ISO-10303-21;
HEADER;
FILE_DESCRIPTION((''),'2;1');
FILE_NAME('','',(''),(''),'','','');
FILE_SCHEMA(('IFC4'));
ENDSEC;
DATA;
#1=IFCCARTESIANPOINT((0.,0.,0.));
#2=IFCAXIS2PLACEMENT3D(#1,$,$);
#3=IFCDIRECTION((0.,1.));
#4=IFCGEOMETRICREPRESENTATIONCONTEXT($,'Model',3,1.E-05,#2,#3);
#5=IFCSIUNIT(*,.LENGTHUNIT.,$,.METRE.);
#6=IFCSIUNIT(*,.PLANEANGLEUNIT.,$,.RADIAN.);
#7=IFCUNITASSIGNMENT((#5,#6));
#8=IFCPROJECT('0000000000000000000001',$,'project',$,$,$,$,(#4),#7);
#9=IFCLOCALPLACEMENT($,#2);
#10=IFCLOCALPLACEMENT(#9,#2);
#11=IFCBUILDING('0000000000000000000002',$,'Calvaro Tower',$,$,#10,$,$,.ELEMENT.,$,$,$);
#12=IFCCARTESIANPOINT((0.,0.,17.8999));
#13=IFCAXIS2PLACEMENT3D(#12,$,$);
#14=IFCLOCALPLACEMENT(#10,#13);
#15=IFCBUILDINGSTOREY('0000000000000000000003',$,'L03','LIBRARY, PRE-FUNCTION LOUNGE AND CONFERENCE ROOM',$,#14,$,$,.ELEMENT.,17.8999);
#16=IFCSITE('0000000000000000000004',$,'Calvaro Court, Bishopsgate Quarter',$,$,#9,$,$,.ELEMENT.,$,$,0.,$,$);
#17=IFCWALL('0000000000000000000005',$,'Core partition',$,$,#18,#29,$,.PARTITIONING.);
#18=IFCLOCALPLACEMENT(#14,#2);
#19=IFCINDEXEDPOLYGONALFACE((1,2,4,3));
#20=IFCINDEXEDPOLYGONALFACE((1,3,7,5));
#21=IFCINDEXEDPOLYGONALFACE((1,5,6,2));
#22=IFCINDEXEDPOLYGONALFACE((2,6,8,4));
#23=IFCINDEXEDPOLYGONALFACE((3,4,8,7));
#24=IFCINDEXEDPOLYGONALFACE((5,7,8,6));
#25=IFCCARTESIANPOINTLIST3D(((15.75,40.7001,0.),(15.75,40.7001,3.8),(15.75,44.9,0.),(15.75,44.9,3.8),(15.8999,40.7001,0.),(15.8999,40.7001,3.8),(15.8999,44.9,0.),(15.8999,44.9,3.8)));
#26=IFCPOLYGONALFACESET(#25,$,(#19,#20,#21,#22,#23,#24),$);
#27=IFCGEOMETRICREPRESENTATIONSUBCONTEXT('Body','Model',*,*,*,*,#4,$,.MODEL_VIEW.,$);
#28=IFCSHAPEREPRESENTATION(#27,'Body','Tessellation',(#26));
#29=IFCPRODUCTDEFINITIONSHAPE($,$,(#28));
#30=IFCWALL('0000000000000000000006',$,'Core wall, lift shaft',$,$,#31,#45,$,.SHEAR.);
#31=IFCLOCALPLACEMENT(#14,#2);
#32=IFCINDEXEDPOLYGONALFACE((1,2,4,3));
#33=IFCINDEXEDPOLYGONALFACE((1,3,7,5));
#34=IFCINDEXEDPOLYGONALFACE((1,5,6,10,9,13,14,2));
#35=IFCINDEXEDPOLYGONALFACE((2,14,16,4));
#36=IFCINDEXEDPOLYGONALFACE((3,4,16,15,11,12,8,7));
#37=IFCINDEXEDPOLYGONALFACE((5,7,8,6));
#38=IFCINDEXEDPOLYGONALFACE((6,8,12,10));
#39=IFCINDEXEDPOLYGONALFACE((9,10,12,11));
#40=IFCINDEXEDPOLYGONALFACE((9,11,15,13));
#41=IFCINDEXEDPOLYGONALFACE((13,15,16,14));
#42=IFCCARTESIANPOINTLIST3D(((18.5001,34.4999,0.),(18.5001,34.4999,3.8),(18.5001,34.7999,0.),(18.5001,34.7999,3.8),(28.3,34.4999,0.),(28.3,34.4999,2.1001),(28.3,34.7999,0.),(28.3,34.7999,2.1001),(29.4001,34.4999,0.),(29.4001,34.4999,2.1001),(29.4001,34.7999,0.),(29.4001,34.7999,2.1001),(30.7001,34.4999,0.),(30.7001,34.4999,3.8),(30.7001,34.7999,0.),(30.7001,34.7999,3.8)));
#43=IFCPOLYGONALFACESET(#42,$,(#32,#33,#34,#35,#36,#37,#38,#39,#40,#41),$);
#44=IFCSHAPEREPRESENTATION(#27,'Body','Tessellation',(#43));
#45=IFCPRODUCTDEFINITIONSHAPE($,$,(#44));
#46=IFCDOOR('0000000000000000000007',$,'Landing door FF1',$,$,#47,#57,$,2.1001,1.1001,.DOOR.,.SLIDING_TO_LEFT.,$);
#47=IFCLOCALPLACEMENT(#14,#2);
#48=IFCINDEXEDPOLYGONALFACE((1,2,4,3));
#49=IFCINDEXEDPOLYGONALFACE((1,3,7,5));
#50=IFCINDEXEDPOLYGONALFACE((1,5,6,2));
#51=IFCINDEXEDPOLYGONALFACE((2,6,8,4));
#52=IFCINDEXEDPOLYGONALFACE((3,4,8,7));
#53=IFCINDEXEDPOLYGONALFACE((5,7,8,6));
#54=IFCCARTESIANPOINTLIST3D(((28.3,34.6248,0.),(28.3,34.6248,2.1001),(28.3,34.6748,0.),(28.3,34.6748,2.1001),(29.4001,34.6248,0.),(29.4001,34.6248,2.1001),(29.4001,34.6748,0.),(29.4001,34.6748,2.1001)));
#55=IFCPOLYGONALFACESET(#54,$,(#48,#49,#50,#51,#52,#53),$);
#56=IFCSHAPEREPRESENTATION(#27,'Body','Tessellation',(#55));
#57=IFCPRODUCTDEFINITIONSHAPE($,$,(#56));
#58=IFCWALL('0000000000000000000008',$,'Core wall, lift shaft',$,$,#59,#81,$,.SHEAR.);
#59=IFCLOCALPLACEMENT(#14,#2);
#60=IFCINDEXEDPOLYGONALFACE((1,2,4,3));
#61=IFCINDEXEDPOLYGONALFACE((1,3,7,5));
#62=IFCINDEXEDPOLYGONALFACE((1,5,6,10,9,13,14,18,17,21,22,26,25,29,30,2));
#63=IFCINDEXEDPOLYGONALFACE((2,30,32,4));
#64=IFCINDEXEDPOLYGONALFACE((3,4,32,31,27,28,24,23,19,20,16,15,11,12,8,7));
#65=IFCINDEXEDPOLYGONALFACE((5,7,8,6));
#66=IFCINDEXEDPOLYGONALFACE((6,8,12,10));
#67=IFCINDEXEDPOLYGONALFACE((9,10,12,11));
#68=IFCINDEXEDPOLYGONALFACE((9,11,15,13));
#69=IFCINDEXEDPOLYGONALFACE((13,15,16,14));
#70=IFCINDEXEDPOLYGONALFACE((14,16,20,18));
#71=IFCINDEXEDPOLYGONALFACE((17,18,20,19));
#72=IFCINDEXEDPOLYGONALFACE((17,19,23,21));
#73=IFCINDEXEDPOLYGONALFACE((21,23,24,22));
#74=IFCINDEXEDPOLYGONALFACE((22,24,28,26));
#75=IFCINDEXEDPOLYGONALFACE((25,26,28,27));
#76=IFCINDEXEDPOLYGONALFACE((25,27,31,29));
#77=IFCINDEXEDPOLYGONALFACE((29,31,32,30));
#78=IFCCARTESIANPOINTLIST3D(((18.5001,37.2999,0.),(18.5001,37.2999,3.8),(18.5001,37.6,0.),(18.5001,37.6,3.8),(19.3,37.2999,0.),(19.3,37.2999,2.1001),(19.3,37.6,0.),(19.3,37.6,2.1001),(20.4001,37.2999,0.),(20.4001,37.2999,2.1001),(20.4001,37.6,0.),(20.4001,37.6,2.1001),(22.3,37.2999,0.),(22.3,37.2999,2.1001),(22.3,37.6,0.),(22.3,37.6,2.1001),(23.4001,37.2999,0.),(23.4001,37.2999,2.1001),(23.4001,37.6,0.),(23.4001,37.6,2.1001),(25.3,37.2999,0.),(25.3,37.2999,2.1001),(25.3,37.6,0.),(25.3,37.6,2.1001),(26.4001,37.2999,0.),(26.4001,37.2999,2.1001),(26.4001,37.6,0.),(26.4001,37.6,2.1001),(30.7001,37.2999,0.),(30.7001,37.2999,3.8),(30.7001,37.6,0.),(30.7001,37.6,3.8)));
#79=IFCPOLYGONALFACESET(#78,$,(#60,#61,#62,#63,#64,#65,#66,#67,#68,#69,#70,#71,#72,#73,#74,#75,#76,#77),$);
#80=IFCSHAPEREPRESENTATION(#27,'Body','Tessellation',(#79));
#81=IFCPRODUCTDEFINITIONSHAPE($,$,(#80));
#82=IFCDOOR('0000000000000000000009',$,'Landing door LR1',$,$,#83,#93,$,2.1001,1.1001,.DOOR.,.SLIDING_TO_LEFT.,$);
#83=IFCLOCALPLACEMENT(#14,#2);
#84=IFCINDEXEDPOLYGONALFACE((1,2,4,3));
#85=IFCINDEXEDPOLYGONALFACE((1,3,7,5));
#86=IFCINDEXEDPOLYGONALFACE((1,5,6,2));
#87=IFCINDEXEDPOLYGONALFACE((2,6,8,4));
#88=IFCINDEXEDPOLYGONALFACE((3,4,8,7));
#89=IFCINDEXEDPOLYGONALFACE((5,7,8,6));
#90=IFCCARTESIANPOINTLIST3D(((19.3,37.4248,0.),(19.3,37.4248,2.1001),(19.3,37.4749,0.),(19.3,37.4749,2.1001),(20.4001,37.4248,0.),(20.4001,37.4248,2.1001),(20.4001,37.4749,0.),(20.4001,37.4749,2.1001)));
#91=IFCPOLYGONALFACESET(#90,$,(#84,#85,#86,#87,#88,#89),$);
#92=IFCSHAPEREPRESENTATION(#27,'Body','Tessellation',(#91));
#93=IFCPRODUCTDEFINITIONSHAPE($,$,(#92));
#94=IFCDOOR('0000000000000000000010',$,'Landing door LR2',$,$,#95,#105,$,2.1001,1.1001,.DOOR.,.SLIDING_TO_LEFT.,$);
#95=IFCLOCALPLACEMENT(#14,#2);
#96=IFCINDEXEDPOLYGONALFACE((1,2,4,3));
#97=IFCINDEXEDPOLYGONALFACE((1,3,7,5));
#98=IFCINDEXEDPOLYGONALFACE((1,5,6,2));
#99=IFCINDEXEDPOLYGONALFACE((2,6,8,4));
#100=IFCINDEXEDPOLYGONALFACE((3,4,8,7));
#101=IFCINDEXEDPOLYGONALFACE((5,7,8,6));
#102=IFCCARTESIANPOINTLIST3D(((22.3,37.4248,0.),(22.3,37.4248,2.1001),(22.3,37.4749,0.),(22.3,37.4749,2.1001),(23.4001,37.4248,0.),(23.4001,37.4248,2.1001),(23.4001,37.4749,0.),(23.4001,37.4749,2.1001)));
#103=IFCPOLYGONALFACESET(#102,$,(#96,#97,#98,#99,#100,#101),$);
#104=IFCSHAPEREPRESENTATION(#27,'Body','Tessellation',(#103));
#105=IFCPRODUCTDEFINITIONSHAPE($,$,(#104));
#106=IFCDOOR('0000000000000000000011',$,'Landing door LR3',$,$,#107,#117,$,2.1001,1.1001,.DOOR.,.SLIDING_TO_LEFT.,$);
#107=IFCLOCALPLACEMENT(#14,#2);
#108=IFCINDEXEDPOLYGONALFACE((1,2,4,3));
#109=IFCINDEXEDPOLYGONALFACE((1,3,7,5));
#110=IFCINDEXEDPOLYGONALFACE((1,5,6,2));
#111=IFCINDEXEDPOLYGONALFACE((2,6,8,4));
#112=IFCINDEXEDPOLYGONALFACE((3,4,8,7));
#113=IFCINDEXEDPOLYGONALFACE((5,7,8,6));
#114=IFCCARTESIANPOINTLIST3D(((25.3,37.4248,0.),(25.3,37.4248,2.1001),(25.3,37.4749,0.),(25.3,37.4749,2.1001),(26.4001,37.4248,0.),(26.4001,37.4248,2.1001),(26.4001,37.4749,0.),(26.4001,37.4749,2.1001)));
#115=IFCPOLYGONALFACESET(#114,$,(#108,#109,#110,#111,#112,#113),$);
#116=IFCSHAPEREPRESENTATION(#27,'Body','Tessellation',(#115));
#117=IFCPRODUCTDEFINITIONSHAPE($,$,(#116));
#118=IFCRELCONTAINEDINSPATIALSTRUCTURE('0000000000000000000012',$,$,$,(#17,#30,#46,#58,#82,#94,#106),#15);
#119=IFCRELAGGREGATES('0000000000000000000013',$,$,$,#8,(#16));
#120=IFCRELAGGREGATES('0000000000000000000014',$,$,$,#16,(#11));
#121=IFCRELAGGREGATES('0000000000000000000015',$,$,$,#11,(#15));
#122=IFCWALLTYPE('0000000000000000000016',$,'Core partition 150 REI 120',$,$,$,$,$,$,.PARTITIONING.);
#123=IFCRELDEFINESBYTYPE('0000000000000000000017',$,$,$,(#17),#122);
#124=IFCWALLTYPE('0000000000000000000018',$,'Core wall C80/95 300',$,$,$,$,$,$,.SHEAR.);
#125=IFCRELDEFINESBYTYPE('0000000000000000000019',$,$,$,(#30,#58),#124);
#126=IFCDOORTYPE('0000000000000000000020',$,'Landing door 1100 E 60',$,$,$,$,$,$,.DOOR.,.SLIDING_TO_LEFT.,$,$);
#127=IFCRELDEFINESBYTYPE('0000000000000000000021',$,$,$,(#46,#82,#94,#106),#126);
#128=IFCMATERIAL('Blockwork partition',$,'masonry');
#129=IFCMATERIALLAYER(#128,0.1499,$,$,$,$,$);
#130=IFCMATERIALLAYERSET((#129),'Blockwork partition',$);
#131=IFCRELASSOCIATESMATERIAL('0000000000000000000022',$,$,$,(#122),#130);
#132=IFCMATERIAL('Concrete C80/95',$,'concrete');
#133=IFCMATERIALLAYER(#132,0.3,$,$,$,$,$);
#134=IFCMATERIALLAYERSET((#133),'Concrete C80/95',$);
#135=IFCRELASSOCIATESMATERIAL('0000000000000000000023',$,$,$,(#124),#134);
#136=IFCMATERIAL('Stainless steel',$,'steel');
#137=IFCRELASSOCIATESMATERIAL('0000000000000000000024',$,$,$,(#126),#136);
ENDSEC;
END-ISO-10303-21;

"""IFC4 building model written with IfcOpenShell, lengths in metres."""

from ifc_helpers import new_model, si_unit, direction, frame, frame_2d, origin, place, context, subcontext, project, spatial, rectangle, extrude, material, layer, layer_set, type_object, element, fill, save


model = new_model("IFC4")

# Units and contexts
model_context = context("Model", 3, precision=1e-05, world=origin(), true_north=direction((0.0, 1.0)))
body_context = subcontext(model_context, "Body", "Model", "MODEL_VIEW")
ifc_project = project(units=[si_unit("LENGTHUNIT", "METRE"), si_unit("PLANEANGLEUNIT", "RADIAN")], contexts=[model_context])

# Site, building, storey
site_placement = place(None, origin())
site = spatial("IfcSite", under=ifc_project, at=site_placement, Name="Calvaro Court, Bishopsgate Quarter", CompositionType="ELEMENT", RefElevation=0.0)
building_placement = place(site_placement, origin())
building = spatial("IfcBuilding", under=site, at=building_placement, Name="Calvaro Tower", CompositionType="ELEMENT")
storey_placement = place(building_placement, frame((0.0, 0.0, 17.8999)))
storey = spatial("IfcBuildingStorey", under=building, at=storey_placement, Name="L03", Description="LIBRARY, PRE-FUNCTION LOUNGE AND CONFERENCE ROOM", CompositionType="ELEMENT", Elevation=17.8999)

# Wall
ifc_material_1 = material(Name="Blockwork partition", Category="masonry")
ifc_layer_1 = layer(ifc_material_1, 0.1499)
ifc_layer_set_1 = layer_set([ifc_layer_1], Name="Blockwork partition")
wall_type_1 = type_object("IfcWallType", Name="Core partition 150 REI 120", PredefinedType="PARTITIONING", material=ifc_layer_set_1)
wall_1_placement = place(storey_placement, frame((15.825, 40.7, 0.0), z_axis=(0.0, 0.0, 1.0), x_axis=(0.0, 1.0, 0.0)))
element("IfcWall", 1, at=wall_1_placement, inside=storey, type_object=wall_type_1, Name="Core partition", PredefinedType="PARTITIONING", context=body_context, shape_type="SweptSolid", body=[
    extrude(rectangle(XDim=4.2, YDim=0.1499, at=frame_2d((2.1001, 0.0))), origin(), (0.0, 0.0, 1.0), 3.8),
])

# Wall, opening, door
ifc_material_2 = material(Name="Concrete C80/95", Category="concrete")
ifc_layer_2 = layer(ifc_material_2, 0.3)
ifc_layer_set_2 = layer_set([ifc_layer_2], Name="Concrete C80/95")
wall_type_2 = type_object("IfcWallType", Name="Core wall C80/95 300", PredefinedType="SHEAR", material=ifc_layer_set_2)
wall_2_placement = place(storey_placement, frame((18.5, 34.6499, 0.0), z_axis=(0.0, 0.0, 1.0), x_axis=(1.0, 0.0, 0.0)))
wall_2 = element("IfcWall", 2, at=wall_2_placement, inside=storey, type_object=wall_type_2, Name="Core wall, lift shaft", PredefinedType="SHEAR", context=body_context, shape_type="SweptSolid", body=[
    extrude(rectangle(XDim=12.2, YDim=0.3, at=frame_2d((6.1001, 0.0))), origin(), (0.0, 0.0, 1.0), 3.8),
])
opening_1_placement = place(wall_2_placement, frame((9.8, 0.0, 0.0)))
opening_1 = element("IfcOpeningElement", 3, at=opening_1_placement, cuts=wall_2, PredefinedType="OPENING", context=body_context, shape_type="SweptSolid", body=[
    extrude(rectangle(XDim=1.1001, YDim=2.1001, at=frame_2d((0.55, 1.05))), frame((0.0, 0.1599, 0.0), z_axis=(0.0, -1.0, 0.0), x_axis=(1.0, 0.0, 0.0)), (0.0, 0.0, 1.0), 0.3201),
])
ifc_material_3 = material(Name="Stainless steel", Category="steel")
door_type_1 = type_object("IfcDoorType", Name="Landing door 1100 E 60", OperationType="SLIDING_TO_LEFT", PredefinedType="DOOR", material=ifc_material_3)
door_1_placement = place(opening_1_placement, origin())
door_1 = element("IfcDoor", 4, at=door_1_placement, inside=storey, type_object=door_type_1, Name="Landing door FF1", OperationType="SLIDING_TO_LEFT", OverallHeight=2.1001, OverallWidth=1.1001, PredefinedType="DOOR", context=body_context, shape_type="SweptSolid", body=[
    extrude(rectangle(XDim=1.1001, YDim=2.1001, at=frame_2d((0.55, 1.05))), frame((0.0, 0.0249, 0.0), z_axis=(0.0, -1.0, 0.0), x_axis=(1.0, 0.0, 0.0)), (0.0, 0.0, 1.0), 0.05),
])
fill(opening_1, door_1)

# Wall, openings, doors
wall_3_placement = place(storey_placement, frame((18.5, 37.45, 0.0), z_axis=(0.0, 0.0, 1.0), x_axis=(1.0, 0.0, 0.0)))
wall_3 = element("IfcWall", 5, at=wall_3_placement, inside=storey, type_object=wall_type_2, Name="Core wall, lift shaft", PredefinedType="SHEAR", context=body_context, shape_type="SweptSolid", body=[
    extrude(rectangle(XDim=12.2, YDim=0.3, at=frame_2d((6.1001, 0.0))), origin(), (0.0, 0.0, 1.0), 3.8),
])
opening_2_placement = place(wall_3_placement, frame((0.8, 0.0, 0.0)))
opening_2 = element("IfcOpeningElement", 6, at=opening_2_placement, cuts=wall_3, PredefinedType="OPENING", context=body_context, shape_type="SweptSolid", body=[
    extrude(rectangle(XDim=1.1001, YDim=2.1001, at=frame_2d((0.55, 1.05))), frame((0.0, 0.1599, 0.0), z_axis=(0.0, -1.0, 0.0), x_axis=(1.0, 0.0, 0.0)), (0.0, 0.0, 1.0), 0.3201),
])
opening_3_placement = place(wall_3_placement, frame((3.8, 0.0, 0.0)))
opening_3 = element("IfcOpeningElement", 7, at=opening_3_placement, cuts=wall_3, PredefinedType="OPENING", context=body_context, shape_type="SweptSolid", body=[
    extrude(rectangle(XDim=1.1001, YDim=2.1001, at=frame_2d((0.55, 1.05))), frame((0.0, 0.1599, 0.0), z_axis=(0.0, -1.0, 0.0), x_axis=(1.0, 0.0, 0.0)), (0.0, 0.0, 1.0), 0.3201),
])
opening_4_placement = place(wall_3_placement, frame((6.8, 0.0, 0.0)))
opening_4 = element("IfcOpeningElement", 8, at=opening_4_placement, cuts=wall_3, PredefinedType="OPENING", context=body_context, shape_type="SweptSolid", body=[
    extrude(rectangle(XDim=1.1001, YDim=2.1001, at=frame_2d((0.55, 1.05))), frame((0.0, 0.1599, 0.0), z_axis=(0.0, -1.0, 0.0), x_axis=(1.0, 0.0, 0.0)), (0.0, 0.0, 1.0), 0.3201),
])
door_2_placement = place(opening_2_placement, origin())
door_2 = element("IfcDoor", 9, at=door_2_placement, inside=storey, type_object=door_type_1, Name="Landing door LR1", OperationType="SLIDING_TO_LEFT", OverallHeight=2.1001, OverallWidth=1.1001, PredefinedType="DOOR", context=body_context, shape_type="SweptSolid", body=[
    extrude(rectangle(XDim=1.1001, YDim=2.1001, at=frame_2d((0.55, 1.05))), frame((0.0, 0.0249, 0.0), z_axis=(0.0, -1.0, 0.0), x_axis=(1.0, 0.0, 0.0)), (0.0, 0.0, 1.0), 0.05),
])
fill(opening_2, door_2)
door_3_placement = place(opening_3_placement, origin())
door_3 = element("IfcDoor", 10, at=door_3_placement, inside=storey, type_object=door_type_1, Name="Landing door LR2", OperationType="SLIDING_TO_LEFT", OverallHeight=2.1001, OverallWidth=1.1001, PredefinedType="DOOR", context=body_context, shape_type="SweptSolid", body=[
    extrude(rectangle(XDim=1.1001, YDim=2.1001, at=frame_2d((0.55, 1.05))), frame((0.0, 0.0249, 0.0), z_axis=(0.0, -1.0, 0.0), x_axis=(1.0, 0.0, 0.0)), (0.0, 0.0, 1.0), 0.05),
])
fill(opening_3, door_3)
door_4_placement = place(opening_4_placement, origin())
door_4 = element("IfcDoor", 11, at=door_4_placement, inside=storey, type_object=door_type_1, Name="Landing door LR3", OperationType="SLIDING_TO_LEFT", OverallHeight=2.1001, OverallWidth=1.1001, PredefinedType="DOOR", context=body_context, shape_type="SweptSolid", body=[
    extrude(rectangle(XDim=1.1001, YDim=2.1001, at=frame_2d((0.55, 1.05))), frame((0.0, 0.0249, 0.0), z_axis=(0.0, -1.0, 0.0), x_axis=(1.0, 0.0, 0.0)), (0.0, 0.0, 1.0), 0.05),
])
fill(opening_4, door_4)

save(model, "model.ifc")
